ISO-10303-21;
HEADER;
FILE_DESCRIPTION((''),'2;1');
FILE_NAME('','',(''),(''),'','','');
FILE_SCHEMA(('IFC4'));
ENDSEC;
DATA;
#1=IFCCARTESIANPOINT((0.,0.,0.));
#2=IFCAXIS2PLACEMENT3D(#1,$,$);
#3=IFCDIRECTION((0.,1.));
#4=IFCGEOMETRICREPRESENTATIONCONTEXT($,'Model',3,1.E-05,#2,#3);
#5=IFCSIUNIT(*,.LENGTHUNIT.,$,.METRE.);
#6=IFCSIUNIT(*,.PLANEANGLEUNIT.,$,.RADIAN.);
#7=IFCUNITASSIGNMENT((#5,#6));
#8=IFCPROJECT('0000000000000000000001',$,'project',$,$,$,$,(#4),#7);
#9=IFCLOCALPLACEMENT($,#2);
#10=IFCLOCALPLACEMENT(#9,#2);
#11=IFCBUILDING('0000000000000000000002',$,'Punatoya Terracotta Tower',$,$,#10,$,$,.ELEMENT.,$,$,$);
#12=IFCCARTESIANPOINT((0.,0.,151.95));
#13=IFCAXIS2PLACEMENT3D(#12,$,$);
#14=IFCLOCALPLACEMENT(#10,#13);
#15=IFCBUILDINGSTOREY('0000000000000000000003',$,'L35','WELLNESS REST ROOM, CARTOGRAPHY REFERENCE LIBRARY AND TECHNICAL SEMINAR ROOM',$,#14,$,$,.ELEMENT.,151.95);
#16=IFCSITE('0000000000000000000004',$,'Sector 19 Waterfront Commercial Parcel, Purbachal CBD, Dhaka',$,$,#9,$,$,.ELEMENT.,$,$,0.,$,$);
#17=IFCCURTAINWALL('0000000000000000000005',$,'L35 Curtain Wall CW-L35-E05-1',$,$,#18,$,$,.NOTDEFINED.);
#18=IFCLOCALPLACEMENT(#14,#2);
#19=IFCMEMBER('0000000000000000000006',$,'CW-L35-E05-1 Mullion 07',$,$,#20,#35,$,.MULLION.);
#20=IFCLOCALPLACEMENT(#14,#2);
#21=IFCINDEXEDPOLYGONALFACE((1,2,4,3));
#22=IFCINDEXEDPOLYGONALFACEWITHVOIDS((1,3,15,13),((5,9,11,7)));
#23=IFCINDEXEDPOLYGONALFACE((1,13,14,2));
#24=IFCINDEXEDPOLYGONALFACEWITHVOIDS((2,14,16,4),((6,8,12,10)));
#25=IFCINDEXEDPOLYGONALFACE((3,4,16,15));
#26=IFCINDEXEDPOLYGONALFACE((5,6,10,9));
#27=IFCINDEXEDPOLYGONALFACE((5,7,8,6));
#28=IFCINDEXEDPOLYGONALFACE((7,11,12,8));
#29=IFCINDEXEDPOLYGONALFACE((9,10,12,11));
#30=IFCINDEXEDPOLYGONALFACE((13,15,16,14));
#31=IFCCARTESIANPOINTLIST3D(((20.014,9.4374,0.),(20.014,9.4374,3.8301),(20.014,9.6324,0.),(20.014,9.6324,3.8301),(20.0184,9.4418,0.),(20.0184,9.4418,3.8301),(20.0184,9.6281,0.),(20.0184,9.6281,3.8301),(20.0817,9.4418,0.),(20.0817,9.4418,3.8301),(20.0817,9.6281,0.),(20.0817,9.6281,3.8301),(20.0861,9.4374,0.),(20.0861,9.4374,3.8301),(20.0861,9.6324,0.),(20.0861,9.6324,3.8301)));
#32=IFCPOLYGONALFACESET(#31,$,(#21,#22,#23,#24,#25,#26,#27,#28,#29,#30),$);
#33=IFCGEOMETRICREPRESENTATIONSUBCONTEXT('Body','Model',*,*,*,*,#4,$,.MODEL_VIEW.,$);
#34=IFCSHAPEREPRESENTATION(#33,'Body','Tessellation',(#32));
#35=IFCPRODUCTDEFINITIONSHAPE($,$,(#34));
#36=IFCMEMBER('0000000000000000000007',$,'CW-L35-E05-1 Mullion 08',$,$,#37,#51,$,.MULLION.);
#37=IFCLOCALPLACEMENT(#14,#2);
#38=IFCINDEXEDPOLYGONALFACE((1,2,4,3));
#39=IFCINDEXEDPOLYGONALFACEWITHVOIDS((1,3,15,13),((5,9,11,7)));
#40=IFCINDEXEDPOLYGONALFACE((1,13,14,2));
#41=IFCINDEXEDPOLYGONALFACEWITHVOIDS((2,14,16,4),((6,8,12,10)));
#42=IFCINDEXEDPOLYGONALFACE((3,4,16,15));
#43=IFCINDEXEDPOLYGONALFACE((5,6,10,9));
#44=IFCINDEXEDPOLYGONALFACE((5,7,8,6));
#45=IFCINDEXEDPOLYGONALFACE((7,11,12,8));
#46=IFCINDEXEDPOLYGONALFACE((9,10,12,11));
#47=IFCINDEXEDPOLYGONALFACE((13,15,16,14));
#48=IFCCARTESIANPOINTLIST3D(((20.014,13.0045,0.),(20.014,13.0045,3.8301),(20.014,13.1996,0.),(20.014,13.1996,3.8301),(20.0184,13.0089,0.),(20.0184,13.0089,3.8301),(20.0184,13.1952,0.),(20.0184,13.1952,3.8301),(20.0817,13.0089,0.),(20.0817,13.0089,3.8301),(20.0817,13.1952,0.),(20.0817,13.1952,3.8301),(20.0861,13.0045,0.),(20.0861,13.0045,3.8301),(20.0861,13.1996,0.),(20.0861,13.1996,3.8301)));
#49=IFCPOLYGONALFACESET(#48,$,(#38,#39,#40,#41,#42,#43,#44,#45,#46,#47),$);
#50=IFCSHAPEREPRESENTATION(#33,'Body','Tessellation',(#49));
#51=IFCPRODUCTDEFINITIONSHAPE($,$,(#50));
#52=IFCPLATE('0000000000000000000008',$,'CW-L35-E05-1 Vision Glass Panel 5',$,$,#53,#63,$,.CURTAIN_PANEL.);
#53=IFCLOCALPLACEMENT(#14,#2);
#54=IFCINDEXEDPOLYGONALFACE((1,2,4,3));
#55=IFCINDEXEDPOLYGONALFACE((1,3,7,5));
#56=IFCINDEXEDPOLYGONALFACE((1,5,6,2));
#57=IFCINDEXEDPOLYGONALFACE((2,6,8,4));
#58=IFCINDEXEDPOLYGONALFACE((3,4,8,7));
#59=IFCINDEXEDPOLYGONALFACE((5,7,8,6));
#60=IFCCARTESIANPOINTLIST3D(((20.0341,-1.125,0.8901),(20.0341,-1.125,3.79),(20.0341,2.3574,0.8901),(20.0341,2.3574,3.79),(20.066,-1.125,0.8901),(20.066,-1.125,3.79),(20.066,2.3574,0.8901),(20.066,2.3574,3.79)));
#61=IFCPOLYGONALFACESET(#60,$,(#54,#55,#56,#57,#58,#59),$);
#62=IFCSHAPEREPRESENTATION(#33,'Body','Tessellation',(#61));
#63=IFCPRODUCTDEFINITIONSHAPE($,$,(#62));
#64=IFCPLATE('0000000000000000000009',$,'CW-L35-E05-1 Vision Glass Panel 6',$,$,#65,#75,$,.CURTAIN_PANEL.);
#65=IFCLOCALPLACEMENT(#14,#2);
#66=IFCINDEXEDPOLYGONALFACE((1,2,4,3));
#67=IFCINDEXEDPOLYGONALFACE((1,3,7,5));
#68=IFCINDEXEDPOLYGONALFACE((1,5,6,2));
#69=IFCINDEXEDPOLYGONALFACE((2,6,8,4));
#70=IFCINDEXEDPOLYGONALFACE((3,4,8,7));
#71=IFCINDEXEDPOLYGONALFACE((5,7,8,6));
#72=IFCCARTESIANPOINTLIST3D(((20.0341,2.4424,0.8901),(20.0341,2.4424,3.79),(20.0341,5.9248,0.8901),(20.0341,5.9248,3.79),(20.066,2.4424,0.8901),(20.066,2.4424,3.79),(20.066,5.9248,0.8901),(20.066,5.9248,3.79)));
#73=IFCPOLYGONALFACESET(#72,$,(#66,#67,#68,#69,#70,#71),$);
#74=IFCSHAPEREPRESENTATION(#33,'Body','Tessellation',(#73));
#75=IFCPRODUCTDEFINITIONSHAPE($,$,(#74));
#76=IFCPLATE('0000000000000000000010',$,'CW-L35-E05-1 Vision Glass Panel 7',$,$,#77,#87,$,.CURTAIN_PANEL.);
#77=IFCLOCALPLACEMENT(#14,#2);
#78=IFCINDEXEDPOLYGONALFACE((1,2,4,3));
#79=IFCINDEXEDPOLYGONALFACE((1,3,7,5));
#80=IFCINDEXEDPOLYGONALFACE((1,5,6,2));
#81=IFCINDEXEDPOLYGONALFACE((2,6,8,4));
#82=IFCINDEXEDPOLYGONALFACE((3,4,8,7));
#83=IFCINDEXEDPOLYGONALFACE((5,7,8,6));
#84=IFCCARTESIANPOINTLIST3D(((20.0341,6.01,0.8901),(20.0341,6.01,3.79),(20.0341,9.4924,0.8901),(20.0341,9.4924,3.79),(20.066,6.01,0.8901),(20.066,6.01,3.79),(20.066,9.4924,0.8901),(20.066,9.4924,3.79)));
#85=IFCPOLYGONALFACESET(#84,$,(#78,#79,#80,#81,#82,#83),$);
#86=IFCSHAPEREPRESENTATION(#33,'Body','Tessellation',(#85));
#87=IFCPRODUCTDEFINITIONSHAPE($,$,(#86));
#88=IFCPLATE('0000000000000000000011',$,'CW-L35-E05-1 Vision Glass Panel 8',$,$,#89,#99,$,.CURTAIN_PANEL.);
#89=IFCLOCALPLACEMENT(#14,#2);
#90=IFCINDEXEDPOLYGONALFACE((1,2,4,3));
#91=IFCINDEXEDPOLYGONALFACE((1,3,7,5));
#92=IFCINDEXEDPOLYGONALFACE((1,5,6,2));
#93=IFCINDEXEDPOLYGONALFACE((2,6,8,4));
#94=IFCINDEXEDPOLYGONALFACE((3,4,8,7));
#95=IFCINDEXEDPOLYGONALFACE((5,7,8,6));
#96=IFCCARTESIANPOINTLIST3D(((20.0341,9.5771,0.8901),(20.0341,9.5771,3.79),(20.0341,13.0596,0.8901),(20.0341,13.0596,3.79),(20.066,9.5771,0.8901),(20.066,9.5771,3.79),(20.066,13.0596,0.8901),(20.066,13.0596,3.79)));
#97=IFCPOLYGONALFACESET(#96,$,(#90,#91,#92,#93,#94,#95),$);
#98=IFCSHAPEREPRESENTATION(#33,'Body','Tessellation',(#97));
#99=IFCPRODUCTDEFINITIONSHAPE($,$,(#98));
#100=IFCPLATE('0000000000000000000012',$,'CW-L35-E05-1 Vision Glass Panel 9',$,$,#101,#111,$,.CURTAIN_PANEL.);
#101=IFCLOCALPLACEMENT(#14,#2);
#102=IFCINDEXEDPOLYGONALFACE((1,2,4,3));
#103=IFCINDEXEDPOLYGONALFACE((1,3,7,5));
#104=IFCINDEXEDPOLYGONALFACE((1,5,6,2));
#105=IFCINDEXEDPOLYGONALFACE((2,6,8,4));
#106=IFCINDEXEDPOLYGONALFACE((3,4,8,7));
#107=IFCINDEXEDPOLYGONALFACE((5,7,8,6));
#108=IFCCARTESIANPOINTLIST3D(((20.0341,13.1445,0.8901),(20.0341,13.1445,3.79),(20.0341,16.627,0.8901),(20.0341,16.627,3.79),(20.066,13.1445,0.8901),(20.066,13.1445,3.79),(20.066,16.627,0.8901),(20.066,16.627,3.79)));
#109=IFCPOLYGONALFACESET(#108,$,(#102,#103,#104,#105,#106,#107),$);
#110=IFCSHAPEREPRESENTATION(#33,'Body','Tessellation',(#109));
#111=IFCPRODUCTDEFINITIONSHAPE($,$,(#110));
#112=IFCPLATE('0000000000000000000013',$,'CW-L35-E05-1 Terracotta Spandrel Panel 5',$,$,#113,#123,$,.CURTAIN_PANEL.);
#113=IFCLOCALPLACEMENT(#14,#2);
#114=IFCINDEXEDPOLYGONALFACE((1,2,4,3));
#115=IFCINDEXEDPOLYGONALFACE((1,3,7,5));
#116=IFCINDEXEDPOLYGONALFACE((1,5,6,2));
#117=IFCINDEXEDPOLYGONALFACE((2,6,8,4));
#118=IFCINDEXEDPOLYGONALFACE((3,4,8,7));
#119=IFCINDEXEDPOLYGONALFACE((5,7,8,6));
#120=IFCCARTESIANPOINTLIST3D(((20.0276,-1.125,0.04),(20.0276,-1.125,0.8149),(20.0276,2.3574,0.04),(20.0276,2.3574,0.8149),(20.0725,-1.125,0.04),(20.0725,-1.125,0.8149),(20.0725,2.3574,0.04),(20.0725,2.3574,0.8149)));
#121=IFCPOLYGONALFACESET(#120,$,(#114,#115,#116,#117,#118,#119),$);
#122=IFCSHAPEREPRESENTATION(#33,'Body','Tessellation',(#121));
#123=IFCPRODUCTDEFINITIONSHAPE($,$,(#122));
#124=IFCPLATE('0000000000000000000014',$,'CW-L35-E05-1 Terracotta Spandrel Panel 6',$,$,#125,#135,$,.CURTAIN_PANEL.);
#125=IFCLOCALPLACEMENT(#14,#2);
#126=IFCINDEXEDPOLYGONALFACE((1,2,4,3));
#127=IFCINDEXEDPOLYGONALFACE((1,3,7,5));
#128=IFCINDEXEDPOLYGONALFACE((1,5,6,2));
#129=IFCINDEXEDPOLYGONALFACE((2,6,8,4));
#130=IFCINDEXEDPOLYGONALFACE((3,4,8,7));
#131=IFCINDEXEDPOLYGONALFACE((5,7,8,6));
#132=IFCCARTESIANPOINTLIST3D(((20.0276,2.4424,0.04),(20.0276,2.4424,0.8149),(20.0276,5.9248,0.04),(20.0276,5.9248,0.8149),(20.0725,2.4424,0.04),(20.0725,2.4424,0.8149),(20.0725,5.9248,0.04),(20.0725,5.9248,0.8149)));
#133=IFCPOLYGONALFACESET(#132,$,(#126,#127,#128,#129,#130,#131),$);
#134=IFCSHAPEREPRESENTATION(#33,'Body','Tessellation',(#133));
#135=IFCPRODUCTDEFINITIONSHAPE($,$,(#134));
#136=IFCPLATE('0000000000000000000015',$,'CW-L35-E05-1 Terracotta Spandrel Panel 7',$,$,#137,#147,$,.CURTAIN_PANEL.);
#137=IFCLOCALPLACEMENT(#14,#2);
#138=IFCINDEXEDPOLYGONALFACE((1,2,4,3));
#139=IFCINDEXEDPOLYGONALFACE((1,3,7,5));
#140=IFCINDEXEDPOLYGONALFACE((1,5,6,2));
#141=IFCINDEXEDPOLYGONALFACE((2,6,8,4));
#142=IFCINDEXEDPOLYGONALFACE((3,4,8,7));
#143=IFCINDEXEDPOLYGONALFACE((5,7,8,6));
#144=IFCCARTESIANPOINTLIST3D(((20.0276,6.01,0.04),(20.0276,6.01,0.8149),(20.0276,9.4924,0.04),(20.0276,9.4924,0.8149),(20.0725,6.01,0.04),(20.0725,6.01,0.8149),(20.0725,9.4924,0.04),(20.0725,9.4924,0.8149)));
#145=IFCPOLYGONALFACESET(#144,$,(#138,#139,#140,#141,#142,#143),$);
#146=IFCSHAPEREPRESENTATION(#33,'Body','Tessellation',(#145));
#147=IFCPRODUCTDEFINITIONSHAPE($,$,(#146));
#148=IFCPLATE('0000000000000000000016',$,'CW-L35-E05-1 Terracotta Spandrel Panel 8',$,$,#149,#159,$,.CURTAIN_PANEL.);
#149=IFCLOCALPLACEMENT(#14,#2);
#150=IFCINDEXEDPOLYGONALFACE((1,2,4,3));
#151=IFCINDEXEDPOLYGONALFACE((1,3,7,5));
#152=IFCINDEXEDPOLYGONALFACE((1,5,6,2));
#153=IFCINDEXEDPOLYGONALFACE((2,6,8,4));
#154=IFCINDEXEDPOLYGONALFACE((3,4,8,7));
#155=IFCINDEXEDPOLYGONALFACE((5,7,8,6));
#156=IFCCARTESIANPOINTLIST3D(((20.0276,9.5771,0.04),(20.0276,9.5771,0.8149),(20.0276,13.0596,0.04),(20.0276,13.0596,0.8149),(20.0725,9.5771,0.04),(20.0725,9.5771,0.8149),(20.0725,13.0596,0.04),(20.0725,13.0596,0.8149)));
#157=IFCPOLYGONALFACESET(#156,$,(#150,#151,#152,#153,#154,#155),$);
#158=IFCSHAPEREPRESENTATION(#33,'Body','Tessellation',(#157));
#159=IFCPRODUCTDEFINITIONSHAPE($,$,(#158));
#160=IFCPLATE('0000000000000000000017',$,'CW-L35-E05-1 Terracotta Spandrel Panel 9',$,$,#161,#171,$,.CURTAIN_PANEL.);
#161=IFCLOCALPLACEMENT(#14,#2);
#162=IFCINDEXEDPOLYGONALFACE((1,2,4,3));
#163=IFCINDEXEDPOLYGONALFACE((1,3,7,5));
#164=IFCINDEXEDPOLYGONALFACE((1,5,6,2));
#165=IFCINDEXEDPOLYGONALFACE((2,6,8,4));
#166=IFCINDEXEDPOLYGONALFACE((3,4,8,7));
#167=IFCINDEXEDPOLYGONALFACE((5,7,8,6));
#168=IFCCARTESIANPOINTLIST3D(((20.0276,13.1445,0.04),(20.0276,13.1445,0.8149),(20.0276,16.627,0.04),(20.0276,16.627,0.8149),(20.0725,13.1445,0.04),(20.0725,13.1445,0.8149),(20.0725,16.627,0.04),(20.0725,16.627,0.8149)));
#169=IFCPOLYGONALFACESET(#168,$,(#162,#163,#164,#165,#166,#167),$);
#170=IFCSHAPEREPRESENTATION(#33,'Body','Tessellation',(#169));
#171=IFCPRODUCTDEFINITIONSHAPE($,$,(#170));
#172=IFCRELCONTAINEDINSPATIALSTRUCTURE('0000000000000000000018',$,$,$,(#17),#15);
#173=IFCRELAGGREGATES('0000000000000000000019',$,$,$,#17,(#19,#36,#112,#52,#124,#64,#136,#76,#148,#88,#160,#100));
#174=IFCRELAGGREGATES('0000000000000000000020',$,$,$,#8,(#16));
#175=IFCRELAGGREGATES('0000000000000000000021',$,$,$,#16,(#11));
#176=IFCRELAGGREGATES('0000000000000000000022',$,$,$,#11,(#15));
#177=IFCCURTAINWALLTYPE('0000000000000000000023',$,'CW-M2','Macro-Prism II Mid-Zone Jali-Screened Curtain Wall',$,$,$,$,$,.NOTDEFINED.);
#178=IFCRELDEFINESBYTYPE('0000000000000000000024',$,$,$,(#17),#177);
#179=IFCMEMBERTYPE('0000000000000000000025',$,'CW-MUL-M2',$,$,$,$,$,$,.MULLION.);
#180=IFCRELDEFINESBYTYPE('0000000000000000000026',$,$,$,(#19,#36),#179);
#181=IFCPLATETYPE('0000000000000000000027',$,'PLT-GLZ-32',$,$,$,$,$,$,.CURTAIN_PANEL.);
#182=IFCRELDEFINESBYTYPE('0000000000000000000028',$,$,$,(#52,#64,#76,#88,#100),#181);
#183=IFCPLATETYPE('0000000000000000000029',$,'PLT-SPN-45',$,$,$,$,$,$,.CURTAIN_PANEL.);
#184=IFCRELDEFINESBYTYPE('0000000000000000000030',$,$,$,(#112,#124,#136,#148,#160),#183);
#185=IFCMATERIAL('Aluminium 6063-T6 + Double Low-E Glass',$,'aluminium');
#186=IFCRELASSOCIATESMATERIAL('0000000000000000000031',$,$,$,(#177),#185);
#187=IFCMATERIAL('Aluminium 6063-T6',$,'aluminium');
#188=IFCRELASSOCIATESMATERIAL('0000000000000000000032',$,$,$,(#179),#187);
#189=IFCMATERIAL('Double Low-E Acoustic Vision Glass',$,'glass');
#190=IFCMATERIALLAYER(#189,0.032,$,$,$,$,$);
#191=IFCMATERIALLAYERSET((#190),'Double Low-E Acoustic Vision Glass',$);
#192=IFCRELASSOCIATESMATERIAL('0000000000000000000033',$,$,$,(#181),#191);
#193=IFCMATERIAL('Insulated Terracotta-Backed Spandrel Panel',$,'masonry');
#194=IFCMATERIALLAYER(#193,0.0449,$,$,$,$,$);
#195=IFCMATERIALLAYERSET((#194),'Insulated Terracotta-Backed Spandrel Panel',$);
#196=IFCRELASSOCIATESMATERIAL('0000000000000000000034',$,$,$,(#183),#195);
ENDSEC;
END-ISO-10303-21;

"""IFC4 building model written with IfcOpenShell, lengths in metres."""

from ifc_helpers import new_model, si_unit, direction, frame, origin, origin_2d, place, context, subcontext, project, spatial, rectangle, hollow_rectangle, extrude, material, layer, layer_set, material_profile, profile_set, type_object, element, aggregate, save


model = new_model("IFC4")

# Units and contexts
model_context = context("Model", 3, precision=1e-05, world=origin(), true_north=direction((0.0, 1.0)))
body_context = subcontext(model_context, "Body", "Model", "MODEL_VIEW")
ifc_project = project(units=[si_unit("LENGTHUNIT", "METRE"), si_unit("PLANEANGLEUNIT", "RADIAN")], contexts=[model_context])

# Site, building, storey
site_placement = place(None, origin())
site = spatial("IfcSite", under=ifc_project, at=site_placement, Name="Sector 19 Waterfront Commercial Parcel, Purbachal CBD, Dhaka", CompositionType="ELEMENT", RefElevation=0.0)
building_placement = place(site_placement, origin())
building = spatial("IfcBuilding", under=site, at=building_placement, Name="Punatoya Terracotta Tower", CompositionType="ELEMENT")
storey_placement = place(building_placement, frame((0.0, 0.0, 151.95)))
storey = spatial("IfcBuildingStorey", under=building, at=storey_placement, Name="L35", Description="WELLNESS REST ROOM, CARTOGRAPHY REFERENCE LIBRARY AND TECHNICAL SEMINAR ROOM", CompositionType="ELEMENT", Elevation=151.95)

# Curtain wall, members, plates
ifc_material_1 = material(Name="Aluminium 6063-T6 + Double Low-E Glass", Category="aluminium")
curtain_wall_type = type_object("IfcCurtainWallType", Name="CW-M2", Description="Macro-Prism II Mid-Zone Jali-Screened Curtain Wall", PredefinedType="NOTDEFINED", material=ifc_material_1)
curtain_wall_placement = place(storey_placement, origin())
curtain_wall = element("IfcCurtainWall", 1, at=curtain_wall_placement, inside=storey, type_object=curtain_wall_type, Name="L35 Curtain Wall CW-L35-E05-1", PredefinedType="NOTDEFINED")
ifc_material_2 = material(Name="Aluminium 6063-T6", Category="aluminium")
ifc_material_profile_1 = material_profile(ifc_material_2, hollow_rectangle(XDim=0.072, YDim=0.1951, WallThickness=0.0044, at=origin_2d()))
ifc_profile_set_1 = profile_set([ifc_material_profile_1], Name="Aluminium 6063-T6")
member_type = type_object("IfcMemberType", Name="CW-MUL-M2", PredefinedType="MULLION", material=ifc_profile_set_1)
member_1_placement = place(storey_placement, frame((20.05, 9.5349, 0.0), z_axis=(0.0, 0.0, 1.0), x_axis=(1.0, 0.0, 0.0)))
member_1 = element("IfcMember", 2, at=member_1_placement, type_object=member_type, Name="CW-L35-E05-1 Mullion 07", PredefinedType="MULLION", context=body_context, shape_type="SweptSolid", body=[
    extrude(hollow_rectangle(XDim=0.072, YDim=0.1951, WallThickness=0.0044, at=origin_2d()), origin(), (0.0, 0.0, 1.0), 3.8301),
])
member_2_placement = place(storey_placement, frame((20.05, 13.1021, 0.0), z_axis=(0.0, 0.0, 1.0), x_axis=(1.0, 0.0, 0.0)))
member_2 = element("IfcMember", 3, at=member_2_placement, type_object=member_type, Name="CW-L35-E05-1 Mullion 08", PredefinedType="MULLION", context=body_context, shape_type="SweptSolid", body=[
    extrude(hollow_rectangle(XDim=0.072, YDim=0.1951, WallThickness=0.0044, at=origin_2d()), origin(), (0.0, 0.0, 1.0), 3.8301),
])
ifc_material_3 = material(Name="Double Low-E Acoustic Vision Glass", Category="glass")
ifc_layer_1 = layer(ifc_material_3, 0.032)
ifc_layer_set_1 = layer_set([ifc_layer_1], Name="Double Low-E Acoustic Vision Glass")
plate_type_1 = type_object("IfcPlateType", Name="PLT-GLZ-32", PredefinedType="CURTAIN_PANEL", material=ifc_layer_set_1)
plate_1_placement = place(storey_placement, frame((20.05, 0.6162, 0.8901), z_axis=(0.0, 0.0, 1.0), x_axis=(0.0, 1.0, 0.0)))
plate_1 = element("IfcPlate", 4, at=plate_1_placement, type_object=plate_type_1, Name="CW-L35-E05-1 Vision Glass Panel 5", PredefinedType="CURTAIN_PANEL", context=body_context, shape_type="SweptSolid", body=[
    extrude(rectangle(XDim=3.4824, YDim=0.032, at=origin_2d()), origin(), (0.0, 0.0, 1.0), 2.8999),
])
plate_2_placement = place(storey_placement, frame((20.05, 4.1836, 0.8901), z_axis=(0.0, 0.0, 1.0), x_axis=(0.0, 1.0, 0.0)))
plate_2 = element("IfcPlate", 5, at=plate_2_placement, type_object=plate_type_1, Name="CW-L35-E05-1 Vision Glass Panel 6", PredefinedType="CURTAIN_PANEL", context=body_context, shape_type="SweptSolid", body=[
    extrude(rectangle(XDim=3.4824, YDim=0.032, at=origin_2d()), origin(), (0.0, 0.0, 1.0), 2.8999),
])
plate_3_placement = place(storey_placement, frame((20.05, 7.7512, 0.8901), z_axis=(0.0, 0.0, 1.0), x_axis=(0.0, 1.0, 0.0)))
plate_3 = element("IfcPlate", 6, at=plate_3_placement, type_object=plate_type_1, Name="CW-L35-E05-1 Vision Glass Panel 7", PredefinedType="CURTAIN_PANEL", context=body_context, shape_type="SweptSolid", body=[
    extrude(rectangle(XDim=3.4824, YDim=0.032, at=origin_2d()), origin(), (0.0, 0.0, 1.0), 2.8999),
])
plate_4_placement = place(storey_placement, frame((20.05, 11.3184, 0.8901), z_axis=(0.0, 0.0, 1.0), x_axis=(0.0, 1.0, 0.0)))
plate_4 = element("IfcPlate", 7, at=plate_4_placement, type_object=plate_type_1, Name="CW-L35-E05-1 Vision Glass Panel 8", PredefinedType="CURTAIN_PANEL", context=body_context, shape_type="SweptSolid", body=[
    extrude(rectangle(XDim=3.4824, YDim=0.032, at=origin_2d()), origin(), (0.0, 0.0, 1.0), 2.8999),
])
plate_5_placement = place(storey_placement, frame((20.05, 14.8857, 0.8901), z_axis=(0.0, 0.0, 1.0), x_axis=(0.0, 1.0, 0.0)))
plate_5 = element("IfcPlate", 8, at=plate_5_placement, type_object=plate_type_1, Name="CW-L35-E05-1 Vision Glass Panel 9", PredefinedType="CURTAIN_PANEL", context=body_context, shape_type="SweptSolid", body=[
    extrude(rectangle(XDim=3.4824, YDim=0.032, at=origin_2d()), origin(), (0.0, 0.0, 1.0), 2.8999),
])
ifc_material_4 = material(Name="Insulated Terracotta-Backed Spandrel Panel", Category="masonry")
ifc_layer_2 = layer(ifc_material_4, 0.0449)
ifc_layer_set_2 = layer_set([ifc_layer_2], Name="Insulated Terracotta-Backed Spandrel Panel")
plate_type_2 = type_object("IfcPlateType", Name="PLT-SPN-45", PredefinedType="CURTAIN_PANEL", material=ifc_layer_set_2)
plate_6_placement = place(storey_placement, frame((20.05, 0.6162, 0.04), z_axis=(0.0, 0.0, 1.0), x_axis=(0.0, 1.0, 0.0)))
plate_6 = element("IfcPlate", 9, at=plate_6_placement, type_object=plate_type_2, Name="CW-L35-E05-1 Terracotta Spandrel Panel 5", PredefinedType="CURTAIN_PANEL", context=body_context, shape_type="SweptSolid", body=[
    extrude(rectangle(XDim=3.4824, YDim=0.0449, at=origin_2d()), origin(), (0.0, 0.0, 1.0), 0.7749),
])
plate_7_placement = place(storey_placement, frame((20.05, 4.1836, 0.04), z_axis=(0.0, 0.0, 1.0), x_axis=(0.0, 1.0, 0.0)))
plate_7 = element("IfcPlate", 10, at=plate_7_placement, type_object=plate_type_2, Name="CW-L35-E05-1 Terracotta Spandrel Panel 6", PredefinedType="CURTAIN_PANEL", context=body_context, shape_type="SweptSolid", body=[
    extrude(rectangle(XDim=3.4824, YDim=0.0449, at=origin_2d()), origin(), (0.0, 0.0, 1.0), 0.7749),
])
plate_8_placement = place(storey_placement, frame((20.05, 7.7512, 0.04), z_axis=(0.0, 0.0, 1.0), x_axis=(0.0, 1.0, 0.0)))
plate_8 = element("IfcPlate", 11, at=plate_8_placement, type_object=plate_type_2, Name="CW-L35-E05-1 Terracotta Spandrel Panel 7", PredefinedType="CURTAIN_PANEL", context=body_context, shape_type="SweptSolid", body=[
    extrude(rectangle(XDim=3.4824, YDim=0.0449, at=origin_2d()), origin(), (0.0, 0.0, 1.0), 0.7749),
])
plate_9_placement = place(storey_placement, frame((20.05, 11.3184, 0.04), z_axis=(0.0, 0.0, 1.0), x_axis=(0.0, 1.0, 0.0)))
plate_9 = element("IfcPlate", 12, at=plate_9_placement, type_object=plate_type_2, Name="CW-L35-E05-1 Terracotta Spandrel Panel 8", PredefinedType="CURTAIN_PANEL", context=body_context, shape_type="SweptSolid", body=[
    extrude(rectangle(XDim=3.4824, YDim=0.0449, at=origin_2d()), origin(), (0.0, 0.0, 1.0), 0.7749),
])
plate_10_placement = place(storey_placement, frame((20.05, 14.8857, 0.04), z_axis=(0.0, 0.0, 1.0), x_axis=(0.0, 1.0, 0.0)))
plate_10 = element("IfcPlate", 13, at=plate_10_placement, type_object=plate_type_2, Name="CW-L35-E05-1 Terracotta Spandrel Panel 9", PredefinedType="CURTAIN_PANEL", context=body_context, shape_type="SweptSolid", body=[
    extrude(rectangle(XDim=3.4824, YDim=0.0449, at=origin_2d()), origin(), (0.0, 0.0, 1.0), 0.7749),
])
aggregate(curtain_wall, [member_1, member_2, plate_6, plate_1, plate_7, plate_2, plate_8, plate_3, plate_9, plate_4, plate_10, plate_5])

save(model, "model.ifc")
